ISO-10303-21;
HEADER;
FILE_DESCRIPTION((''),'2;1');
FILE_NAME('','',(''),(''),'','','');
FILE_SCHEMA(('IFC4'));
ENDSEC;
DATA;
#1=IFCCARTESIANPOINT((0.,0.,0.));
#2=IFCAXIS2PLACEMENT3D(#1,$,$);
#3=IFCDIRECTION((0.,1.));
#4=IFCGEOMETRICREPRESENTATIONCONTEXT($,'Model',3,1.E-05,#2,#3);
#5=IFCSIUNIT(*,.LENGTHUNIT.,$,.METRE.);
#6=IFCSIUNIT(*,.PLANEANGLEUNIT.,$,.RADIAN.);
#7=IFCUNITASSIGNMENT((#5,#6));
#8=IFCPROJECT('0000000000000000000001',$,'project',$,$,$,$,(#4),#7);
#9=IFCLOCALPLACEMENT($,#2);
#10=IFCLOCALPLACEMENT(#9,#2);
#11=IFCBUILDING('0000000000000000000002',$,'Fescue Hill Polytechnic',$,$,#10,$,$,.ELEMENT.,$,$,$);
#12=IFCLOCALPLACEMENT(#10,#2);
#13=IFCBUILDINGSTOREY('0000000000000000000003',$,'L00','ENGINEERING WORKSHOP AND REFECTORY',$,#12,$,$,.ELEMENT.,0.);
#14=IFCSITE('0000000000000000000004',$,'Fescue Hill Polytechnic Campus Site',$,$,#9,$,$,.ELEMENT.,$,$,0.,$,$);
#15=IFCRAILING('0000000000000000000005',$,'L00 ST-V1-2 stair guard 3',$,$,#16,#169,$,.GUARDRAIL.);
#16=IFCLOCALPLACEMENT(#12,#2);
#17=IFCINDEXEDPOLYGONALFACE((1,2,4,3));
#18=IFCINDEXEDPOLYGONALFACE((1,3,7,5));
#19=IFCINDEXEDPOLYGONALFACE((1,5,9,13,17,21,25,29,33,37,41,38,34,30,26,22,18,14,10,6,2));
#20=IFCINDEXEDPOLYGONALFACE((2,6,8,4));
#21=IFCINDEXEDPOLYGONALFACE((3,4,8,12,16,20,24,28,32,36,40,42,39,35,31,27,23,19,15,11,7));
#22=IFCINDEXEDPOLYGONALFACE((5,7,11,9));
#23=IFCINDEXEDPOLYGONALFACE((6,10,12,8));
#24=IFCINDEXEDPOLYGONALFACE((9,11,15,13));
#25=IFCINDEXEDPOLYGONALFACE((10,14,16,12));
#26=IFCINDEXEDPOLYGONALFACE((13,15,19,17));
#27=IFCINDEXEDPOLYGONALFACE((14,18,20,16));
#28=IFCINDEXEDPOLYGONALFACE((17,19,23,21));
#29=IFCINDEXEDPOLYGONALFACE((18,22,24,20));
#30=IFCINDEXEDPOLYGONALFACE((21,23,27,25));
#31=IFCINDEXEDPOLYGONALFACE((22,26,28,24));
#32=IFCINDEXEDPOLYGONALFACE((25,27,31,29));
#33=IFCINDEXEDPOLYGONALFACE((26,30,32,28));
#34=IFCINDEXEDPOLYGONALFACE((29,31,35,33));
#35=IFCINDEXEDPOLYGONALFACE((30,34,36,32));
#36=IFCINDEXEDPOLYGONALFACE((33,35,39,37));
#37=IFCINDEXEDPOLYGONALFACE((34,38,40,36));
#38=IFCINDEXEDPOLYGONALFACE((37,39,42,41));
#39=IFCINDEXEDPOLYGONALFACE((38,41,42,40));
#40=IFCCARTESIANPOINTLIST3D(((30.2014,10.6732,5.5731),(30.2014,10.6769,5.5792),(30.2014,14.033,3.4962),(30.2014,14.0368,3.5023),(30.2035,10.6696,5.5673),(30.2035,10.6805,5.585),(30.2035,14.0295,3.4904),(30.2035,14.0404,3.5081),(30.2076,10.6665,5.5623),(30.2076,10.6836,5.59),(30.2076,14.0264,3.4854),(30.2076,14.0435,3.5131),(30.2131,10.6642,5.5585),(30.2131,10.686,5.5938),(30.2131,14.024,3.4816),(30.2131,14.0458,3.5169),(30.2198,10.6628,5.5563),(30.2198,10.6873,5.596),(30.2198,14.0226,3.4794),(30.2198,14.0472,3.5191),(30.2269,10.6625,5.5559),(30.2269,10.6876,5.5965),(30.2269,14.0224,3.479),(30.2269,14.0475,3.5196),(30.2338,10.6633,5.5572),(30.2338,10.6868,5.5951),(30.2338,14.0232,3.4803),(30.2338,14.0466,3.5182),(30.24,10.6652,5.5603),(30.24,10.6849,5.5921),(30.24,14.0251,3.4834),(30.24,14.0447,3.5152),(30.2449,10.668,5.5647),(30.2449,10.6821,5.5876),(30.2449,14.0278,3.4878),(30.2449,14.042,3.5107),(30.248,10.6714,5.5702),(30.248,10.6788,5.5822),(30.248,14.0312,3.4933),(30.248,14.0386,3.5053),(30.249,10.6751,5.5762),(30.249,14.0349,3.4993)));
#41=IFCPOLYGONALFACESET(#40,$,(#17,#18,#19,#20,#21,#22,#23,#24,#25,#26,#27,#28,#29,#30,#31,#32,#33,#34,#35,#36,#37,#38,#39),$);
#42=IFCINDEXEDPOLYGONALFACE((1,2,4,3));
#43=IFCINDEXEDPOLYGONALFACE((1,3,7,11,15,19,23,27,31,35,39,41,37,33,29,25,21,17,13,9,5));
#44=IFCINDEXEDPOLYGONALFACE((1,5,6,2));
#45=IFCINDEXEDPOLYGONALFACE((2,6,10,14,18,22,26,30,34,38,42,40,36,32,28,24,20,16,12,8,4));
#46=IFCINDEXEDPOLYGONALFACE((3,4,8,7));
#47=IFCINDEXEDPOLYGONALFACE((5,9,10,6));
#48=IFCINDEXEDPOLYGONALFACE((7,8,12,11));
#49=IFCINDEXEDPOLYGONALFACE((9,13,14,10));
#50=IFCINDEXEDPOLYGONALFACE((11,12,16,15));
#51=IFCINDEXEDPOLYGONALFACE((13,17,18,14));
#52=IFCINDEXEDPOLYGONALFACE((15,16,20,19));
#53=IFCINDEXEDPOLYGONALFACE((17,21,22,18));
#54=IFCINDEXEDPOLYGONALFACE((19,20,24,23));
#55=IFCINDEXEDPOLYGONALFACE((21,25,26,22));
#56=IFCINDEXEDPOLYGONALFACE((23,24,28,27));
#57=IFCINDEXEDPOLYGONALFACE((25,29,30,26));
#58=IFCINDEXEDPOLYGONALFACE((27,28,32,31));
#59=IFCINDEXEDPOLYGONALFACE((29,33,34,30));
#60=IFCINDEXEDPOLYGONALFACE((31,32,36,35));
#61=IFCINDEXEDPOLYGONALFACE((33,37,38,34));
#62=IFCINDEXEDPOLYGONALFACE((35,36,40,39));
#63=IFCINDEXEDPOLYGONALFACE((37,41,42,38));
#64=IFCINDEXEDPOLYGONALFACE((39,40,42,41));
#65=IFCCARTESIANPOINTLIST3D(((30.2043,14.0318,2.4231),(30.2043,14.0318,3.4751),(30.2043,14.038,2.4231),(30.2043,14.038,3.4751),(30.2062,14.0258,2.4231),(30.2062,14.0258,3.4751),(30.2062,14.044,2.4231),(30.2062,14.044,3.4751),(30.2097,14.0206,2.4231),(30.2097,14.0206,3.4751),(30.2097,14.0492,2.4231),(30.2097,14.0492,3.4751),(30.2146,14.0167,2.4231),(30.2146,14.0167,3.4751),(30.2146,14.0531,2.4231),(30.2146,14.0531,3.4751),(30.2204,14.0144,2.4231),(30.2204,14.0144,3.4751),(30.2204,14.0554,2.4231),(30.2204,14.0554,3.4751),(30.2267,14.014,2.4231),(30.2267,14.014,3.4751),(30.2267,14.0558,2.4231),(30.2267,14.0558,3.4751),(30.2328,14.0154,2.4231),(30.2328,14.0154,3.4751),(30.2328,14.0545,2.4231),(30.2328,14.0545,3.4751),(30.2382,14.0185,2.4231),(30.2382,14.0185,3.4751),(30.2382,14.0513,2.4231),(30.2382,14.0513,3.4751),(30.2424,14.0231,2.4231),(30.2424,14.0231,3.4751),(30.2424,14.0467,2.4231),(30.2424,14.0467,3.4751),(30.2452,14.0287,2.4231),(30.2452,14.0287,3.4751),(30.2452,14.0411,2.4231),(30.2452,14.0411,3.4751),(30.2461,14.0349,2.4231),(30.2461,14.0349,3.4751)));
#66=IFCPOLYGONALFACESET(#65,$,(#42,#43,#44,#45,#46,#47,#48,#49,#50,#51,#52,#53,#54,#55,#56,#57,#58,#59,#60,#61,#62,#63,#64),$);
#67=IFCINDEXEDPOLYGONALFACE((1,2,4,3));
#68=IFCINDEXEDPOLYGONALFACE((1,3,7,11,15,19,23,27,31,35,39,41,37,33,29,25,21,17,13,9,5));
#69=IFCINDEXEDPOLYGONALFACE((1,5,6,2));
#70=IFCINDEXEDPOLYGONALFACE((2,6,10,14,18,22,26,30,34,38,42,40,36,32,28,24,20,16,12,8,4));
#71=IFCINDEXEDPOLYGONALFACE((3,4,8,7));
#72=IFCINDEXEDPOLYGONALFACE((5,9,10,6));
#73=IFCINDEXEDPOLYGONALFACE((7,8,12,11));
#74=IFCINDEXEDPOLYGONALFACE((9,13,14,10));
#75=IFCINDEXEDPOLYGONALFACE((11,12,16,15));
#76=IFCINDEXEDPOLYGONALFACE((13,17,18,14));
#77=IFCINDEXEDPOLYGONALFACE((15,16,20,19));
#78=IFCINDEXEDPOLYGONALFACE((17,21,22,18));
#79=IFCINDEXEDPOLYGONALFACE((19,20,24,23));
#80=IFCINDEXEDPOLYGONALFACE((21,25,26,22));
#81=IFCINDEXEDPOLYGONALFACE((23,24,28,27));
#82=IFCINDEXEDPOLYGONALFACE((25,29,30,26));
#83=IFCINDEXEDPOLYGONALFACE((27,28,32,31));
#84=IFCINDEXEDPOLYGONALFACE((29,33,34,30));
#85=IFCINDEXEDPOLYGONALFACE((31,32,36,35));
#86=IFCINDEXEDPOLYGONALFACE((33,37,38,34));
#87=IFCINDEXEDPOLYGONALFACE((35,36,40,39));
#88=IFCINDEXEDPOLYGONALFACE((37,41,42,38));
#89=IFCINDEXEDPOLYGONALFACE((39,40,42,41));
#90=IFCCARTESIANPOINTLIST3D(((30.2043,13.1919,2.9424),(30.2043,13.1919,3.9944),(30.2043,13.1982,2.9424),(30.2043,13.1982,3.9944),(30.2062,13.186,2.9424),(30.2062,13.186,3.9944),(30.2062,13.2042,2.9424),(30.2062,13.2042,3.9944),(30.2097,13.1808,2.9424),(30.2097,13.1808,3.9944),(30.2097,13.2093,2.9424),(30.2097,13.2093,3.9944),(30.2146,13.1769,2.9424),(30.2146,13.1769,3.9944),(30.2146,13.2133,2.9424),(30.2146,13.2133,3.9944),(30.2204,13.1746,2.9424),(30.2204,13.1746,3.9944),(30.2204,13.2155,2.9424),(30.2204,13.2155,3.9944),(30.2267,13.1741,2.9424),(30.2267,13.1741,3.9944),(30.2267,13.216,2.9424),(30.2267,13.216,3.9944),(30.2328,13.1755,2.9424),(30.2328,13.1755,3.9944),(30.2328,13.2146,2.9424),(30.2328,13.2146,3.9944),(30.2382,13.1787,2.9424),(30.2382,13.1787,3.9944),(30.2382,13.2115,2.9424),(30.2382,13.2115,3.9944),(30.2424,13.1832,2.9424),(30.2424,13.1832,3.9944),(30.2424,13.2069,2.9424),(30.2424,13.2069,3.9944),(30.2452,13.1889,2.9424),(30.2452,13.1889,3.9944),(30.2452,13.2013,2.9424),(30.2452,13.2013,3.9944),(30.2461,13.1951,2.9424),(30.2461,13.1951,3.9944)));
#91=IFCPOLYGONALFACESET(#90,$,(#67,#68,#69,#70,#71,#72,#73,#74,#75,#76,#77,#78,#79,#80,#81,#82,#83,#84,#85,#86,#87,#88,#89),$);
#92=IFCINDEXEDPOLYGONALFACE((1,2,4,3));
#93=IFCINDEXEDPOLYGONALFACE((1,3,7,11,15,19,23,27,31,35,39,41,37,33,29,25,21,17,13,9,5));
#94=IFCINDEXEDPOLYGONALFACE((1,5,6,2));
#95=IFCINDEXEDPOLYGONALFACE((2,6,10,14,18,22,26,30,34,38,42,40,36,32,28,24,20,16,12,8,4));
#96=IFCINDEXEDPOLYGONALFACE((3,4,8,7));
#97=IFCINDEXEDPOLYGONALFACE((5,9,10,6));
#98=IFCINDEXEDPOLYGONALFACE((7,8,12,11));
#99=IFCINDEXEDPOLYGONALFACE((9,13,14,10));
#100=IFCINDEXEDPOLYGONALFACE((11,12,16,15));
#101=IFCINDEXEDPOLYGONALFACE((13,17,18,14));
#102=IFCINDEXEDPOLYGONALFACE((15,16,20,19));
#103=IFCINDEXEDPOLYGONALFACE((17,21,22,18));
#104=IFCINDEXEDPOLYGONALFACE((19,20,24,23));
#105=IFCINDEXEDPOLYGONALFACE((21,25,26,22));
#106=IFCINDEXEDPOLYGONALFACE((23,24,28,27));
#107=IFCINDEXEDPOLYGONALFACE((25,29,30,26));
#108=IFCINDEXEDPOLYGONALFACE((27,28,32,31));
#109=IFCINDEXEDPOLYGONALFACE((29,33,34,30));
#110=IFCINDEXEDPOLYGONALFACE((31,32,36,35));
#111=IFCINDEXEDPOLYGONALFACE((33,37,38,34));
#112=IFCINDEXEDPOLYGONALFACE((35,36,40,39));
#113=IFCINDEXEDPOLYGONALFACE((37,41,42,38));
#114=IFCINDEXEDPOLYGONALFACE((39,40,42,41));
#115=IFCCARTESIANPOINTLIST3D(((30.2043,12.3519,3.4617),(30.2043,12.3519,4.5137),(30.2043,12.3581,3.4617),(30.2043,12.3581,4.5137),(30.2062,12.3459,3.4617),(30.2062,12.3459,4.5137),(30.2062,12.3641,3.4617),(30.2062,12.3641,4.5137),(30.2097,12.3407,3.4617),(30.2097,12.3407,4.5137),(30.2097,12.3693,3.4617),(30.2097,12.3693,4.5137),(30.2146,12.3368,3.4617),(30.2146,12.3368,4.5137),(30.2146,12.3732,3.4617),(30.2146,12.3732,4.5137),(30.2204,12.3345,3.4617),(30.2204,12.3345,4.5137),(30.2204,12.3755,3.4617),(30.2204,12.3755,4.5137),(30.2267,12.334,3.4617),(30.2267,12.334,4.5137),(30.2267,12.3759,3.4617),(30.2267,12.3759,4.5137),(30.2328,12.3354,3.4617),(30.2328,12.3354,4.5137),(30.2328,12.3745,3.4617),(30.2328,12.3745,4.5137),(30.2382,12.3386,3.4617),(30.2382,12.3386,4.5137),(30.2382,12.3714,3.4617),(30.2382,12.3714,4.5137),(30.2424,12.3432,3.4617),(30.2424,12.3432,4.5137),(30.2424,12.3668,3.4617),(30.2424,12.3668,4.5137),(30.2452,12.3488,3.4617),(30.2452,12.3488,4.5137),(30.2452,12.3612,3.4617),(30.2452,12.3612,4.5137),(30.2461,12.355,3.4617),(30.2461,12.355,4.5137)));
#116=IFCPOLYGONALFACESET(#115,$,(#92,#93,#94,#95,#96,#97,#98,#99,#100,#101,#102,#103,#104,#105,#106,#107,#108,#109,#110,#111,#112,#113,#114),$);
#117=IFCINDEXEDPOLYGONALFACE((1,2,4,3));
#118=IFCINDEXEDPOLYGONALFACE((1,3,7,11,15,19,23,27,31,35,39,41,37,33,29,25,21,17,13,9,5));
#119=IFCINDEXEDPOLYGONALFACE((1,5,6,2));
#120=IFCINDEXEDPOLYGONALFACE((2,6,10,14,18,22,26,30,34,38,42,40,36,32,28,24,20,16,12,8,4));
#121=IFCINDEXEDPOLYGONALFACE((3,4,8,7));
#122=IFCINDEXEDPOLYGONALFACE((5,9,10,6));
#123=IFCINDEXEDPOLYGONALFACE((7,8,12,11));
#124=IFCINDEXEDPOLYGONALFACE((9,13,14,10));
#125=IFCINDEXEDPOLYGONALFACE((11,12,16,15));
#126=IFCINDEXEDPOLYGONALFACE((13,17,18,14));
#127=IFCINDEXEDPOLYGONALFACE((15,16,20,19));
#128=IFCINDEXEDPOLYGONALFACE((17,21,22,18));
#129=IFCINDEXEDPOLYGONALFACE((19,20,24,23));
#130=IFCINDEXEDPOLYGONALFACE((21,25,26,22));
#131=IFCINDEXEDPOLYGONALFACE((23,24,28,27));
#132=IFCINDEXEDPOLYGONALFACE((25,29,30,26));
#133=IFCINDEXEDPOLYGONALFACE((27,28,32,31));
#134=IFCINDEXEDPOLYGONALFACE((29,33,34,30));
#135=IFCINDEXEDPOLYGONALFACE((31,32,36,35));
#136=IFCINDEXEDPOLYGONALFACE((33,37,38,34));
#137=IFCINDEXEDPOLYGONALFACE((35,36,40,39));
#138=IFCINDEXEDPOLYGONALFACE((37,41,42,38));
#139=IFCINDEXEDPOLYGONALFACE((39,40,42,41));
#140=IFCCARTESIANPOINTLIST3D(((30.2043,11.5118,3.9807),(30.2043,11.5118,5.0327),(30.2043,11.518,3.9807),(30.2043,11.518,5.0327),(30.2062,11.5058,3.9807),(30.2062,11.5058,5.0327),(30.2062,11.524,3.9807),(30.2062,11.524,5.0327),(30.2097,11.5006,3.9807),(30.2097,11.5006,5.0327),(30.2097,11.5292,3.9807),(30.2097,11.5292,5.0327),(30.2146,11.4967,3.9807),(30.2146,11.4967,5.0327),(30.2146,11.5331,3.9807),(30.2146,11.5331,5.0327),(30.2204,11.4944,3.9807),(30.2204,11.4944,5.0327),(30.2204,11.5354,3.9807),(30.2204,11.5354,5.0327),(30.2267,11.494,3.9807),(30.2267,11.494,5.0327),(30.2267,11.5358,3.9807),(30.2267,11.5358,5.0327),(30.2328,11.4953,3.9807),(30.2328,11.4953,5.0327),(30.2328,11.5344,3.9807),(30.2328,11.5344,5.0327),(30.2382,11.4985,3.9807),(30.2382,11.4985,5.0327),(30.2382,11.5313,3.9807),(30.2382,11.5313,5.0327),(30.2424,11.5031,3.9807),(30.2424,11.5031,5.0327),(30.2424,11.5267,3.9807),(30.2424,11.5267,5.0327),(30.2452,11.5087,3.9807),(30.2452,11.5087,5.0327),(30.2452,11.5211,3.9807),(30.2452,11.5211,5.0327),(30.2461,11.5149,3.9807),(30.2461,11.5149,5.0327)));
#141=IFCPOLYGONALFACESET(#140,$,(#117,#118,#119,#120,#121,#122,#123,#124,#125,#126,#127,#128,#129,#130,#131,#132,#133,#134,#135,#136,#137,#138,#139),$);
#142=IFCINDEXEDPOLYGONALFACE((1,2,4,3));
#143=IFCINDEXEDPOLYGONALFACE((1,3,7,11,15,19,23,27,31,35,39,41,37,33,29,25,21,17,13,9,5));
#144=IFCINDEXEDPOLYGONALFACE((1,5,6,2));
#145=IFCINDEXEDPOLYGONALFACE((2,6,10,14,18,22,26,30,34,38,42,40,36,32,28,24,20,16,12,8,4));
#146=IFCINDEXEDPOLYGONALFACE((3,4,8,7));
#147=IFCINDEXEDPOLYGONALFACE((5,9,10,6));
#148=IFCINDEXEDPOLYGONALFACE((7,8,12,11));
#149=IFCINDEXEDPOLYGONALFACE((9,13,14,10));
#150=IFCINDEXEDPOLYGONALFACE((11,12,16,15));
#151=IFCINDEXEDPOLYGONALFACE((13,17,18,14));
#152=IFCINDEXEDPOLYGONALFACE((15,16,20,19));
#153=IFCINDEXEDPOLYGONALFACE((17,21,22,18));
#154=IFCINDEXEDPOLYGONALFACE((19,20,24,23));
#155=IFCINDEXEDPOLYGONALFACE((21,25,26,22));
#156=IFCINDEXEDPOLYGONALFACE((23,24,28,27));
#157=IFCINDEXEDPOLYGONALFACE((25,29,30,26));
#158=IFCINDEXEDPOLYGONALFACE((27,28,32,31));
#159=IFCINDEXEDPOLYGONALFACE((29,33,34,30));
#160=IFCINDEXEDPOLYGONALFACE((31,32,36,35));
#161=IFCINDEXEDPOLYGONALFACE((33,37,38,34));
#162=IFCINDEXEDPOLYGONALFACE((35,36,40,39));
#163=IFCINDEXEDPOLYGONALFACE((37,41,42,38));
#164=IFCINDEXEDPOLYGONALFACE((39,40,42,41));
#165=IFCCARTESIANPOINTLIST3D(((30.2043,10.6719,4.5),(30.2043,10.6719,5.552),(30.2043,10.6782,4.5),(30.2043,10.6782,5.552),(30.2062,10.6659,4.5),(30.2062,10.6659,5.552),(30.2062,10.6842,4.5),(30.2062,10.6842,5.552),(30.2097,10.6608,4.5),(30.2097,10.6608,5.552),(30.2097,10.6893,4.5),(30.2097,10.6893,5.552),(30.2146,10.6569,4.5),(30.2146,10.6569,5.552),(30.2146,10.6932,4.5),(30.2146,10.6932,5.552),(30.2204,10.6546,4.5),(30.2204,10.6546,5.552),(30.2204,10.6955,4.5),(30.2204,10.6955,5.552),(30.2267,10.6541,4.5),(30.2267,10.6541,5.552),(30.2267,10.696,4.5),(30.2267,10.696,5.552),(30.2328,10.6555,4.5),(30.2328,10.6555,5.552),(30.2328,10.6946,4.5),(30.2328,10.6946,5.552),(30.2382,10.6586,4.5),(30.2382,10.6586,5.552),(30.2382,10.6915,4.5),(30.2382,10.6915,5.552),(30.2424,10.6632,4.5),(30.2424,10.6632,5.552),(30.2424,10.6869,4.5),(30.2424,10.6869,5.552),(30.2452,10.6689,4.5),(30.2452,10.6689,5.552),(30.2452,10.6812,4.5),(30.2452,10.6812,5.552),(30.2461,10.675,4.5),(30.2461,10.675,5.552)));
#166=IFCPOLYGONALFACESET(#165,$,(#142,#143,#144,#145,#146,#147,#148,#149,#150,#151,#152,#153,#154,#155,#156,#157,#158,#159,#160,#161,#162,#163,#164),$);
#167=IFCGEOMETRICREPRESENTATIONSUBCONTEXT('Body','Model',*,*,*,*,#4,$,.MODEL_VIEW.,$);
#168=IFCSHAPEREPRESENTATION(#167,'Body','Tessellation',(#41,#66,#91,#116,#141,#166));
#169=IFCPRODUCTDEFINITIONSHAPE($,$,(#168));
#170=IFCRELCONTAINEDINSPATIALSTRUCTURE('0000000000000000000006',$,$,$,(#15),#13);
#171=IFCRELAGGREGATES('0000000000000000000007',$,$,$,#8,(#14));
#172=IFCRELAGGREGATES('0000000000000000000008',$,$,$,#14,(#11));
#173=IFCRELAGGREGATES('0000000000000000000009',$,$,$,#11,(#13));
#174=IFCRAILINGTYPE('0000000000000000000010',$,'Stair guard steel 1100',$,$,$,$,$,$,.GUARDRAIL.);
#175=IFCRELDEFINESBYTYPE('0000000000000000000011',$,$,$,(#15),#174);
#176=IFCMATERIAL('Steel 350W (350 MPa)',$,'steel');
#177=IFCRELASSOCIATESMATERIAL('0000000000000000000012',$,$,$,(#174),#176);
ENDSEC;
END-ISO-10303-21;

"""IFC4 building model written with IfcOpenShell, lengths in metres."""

from ifc_helpers import new_model, si_unit, direction, frame, origin, origin_2d, place, context, subcontext, project, spatial, circle, extrude, material, type_object, element, save


model = new_model("IFC4")

# Units and contexts
model_context = context("Model", 3, precision=1e-05, world=origin(), true_north=direction((0.0, 1.0)))
body_context = subcontext(model_context, "Body", "Model", "MODEL_VIEW")
ifc_project = project(units=[si_unit("LENGTHUNIT", "METRE"), si_unit("PLANEANGLEUNIT", "RADIAN")], contexts=[model_context])

# Site, building, storey
site_placement = place(None, origin())
site = spatial("IfcSite", under=ifc_project, at=site_placement, Name="Fescue Hill Polytechnic Campus Site", CompositionType="ELEMENT", RefElevation=0.0)
building_placement = place(site_placement, origin())
building = spatial("IfcBuilding", under=site, at=building_placement, Name="Fescue Hill Polytechnic", CompositionType="ELEMENT")
storey_placement = place(building_placement, origin())
storey = spatial("IfcBuildingStorey", under=building, at=storey_placement, Name="L00", Description="ENGINEERING WORKSHOP AND REFECTORY", CompositionType="ELEMENT", Elevation=0.0)

# Railing
ifc_material_1 = material(Name="Steel 350W (350 MPa)", Category="steel")
railing_type_1 = type_object("IfcRailingType", Name="Stair guard steel 1100", PredefinedType="GUARDRAIL", material=ifc_material_1)
railing_1_placement = place(storey_placement, frame((30.2251, 14.0349, 2.4231)))
element("IfcRailing", 1, at=railing_1_placement, inside=storey, type_object=railing_type_1, Name="L00 ST-V1-2 stair guard 3", PredefinedType="GUARDRAIL", context=body_context, shape_type="SweptSolid", body=[
    extrude(circle(Radius=0.0239, at=origin_2d()), frame((0.0, 0.0, 1.0762), z_axis=(0.0, -0.850606, 0.525803), x_axis=(1.0, 0.0, 0.0)), (0.0, 0.0, 1.0), 3.95),
    extrude(circle(Radius=0.021, at=origin_2d()), origin(), (0.0, 0.0, 1.0), 1.052),
    extrude(circle(Radius=0.021, at=origin_2d()), frame((0.0, -0.8398, 0.5193)), (0.0, 0.0, 1.0), 1.052),
    extrude(circle(Radius=0.021, at=origin_2d()), frame((0.0, -1.6799, 1.0386)), (0.0, 0.0, 1.0), 1.052),
    extrude(circle(Radius=0.021, at=origin_2d()), frame((0.0, -2.52, 1.5576)), (0.0, 0.0, 1.0), 1.052),
    extrude(circle(Radius=0.021, at=origin_2d()), frame((0.0, -3.3599, 2.0769)), (0.0, 0.0, 1.0), 1.052),
])

save(model, "model.ifc")
